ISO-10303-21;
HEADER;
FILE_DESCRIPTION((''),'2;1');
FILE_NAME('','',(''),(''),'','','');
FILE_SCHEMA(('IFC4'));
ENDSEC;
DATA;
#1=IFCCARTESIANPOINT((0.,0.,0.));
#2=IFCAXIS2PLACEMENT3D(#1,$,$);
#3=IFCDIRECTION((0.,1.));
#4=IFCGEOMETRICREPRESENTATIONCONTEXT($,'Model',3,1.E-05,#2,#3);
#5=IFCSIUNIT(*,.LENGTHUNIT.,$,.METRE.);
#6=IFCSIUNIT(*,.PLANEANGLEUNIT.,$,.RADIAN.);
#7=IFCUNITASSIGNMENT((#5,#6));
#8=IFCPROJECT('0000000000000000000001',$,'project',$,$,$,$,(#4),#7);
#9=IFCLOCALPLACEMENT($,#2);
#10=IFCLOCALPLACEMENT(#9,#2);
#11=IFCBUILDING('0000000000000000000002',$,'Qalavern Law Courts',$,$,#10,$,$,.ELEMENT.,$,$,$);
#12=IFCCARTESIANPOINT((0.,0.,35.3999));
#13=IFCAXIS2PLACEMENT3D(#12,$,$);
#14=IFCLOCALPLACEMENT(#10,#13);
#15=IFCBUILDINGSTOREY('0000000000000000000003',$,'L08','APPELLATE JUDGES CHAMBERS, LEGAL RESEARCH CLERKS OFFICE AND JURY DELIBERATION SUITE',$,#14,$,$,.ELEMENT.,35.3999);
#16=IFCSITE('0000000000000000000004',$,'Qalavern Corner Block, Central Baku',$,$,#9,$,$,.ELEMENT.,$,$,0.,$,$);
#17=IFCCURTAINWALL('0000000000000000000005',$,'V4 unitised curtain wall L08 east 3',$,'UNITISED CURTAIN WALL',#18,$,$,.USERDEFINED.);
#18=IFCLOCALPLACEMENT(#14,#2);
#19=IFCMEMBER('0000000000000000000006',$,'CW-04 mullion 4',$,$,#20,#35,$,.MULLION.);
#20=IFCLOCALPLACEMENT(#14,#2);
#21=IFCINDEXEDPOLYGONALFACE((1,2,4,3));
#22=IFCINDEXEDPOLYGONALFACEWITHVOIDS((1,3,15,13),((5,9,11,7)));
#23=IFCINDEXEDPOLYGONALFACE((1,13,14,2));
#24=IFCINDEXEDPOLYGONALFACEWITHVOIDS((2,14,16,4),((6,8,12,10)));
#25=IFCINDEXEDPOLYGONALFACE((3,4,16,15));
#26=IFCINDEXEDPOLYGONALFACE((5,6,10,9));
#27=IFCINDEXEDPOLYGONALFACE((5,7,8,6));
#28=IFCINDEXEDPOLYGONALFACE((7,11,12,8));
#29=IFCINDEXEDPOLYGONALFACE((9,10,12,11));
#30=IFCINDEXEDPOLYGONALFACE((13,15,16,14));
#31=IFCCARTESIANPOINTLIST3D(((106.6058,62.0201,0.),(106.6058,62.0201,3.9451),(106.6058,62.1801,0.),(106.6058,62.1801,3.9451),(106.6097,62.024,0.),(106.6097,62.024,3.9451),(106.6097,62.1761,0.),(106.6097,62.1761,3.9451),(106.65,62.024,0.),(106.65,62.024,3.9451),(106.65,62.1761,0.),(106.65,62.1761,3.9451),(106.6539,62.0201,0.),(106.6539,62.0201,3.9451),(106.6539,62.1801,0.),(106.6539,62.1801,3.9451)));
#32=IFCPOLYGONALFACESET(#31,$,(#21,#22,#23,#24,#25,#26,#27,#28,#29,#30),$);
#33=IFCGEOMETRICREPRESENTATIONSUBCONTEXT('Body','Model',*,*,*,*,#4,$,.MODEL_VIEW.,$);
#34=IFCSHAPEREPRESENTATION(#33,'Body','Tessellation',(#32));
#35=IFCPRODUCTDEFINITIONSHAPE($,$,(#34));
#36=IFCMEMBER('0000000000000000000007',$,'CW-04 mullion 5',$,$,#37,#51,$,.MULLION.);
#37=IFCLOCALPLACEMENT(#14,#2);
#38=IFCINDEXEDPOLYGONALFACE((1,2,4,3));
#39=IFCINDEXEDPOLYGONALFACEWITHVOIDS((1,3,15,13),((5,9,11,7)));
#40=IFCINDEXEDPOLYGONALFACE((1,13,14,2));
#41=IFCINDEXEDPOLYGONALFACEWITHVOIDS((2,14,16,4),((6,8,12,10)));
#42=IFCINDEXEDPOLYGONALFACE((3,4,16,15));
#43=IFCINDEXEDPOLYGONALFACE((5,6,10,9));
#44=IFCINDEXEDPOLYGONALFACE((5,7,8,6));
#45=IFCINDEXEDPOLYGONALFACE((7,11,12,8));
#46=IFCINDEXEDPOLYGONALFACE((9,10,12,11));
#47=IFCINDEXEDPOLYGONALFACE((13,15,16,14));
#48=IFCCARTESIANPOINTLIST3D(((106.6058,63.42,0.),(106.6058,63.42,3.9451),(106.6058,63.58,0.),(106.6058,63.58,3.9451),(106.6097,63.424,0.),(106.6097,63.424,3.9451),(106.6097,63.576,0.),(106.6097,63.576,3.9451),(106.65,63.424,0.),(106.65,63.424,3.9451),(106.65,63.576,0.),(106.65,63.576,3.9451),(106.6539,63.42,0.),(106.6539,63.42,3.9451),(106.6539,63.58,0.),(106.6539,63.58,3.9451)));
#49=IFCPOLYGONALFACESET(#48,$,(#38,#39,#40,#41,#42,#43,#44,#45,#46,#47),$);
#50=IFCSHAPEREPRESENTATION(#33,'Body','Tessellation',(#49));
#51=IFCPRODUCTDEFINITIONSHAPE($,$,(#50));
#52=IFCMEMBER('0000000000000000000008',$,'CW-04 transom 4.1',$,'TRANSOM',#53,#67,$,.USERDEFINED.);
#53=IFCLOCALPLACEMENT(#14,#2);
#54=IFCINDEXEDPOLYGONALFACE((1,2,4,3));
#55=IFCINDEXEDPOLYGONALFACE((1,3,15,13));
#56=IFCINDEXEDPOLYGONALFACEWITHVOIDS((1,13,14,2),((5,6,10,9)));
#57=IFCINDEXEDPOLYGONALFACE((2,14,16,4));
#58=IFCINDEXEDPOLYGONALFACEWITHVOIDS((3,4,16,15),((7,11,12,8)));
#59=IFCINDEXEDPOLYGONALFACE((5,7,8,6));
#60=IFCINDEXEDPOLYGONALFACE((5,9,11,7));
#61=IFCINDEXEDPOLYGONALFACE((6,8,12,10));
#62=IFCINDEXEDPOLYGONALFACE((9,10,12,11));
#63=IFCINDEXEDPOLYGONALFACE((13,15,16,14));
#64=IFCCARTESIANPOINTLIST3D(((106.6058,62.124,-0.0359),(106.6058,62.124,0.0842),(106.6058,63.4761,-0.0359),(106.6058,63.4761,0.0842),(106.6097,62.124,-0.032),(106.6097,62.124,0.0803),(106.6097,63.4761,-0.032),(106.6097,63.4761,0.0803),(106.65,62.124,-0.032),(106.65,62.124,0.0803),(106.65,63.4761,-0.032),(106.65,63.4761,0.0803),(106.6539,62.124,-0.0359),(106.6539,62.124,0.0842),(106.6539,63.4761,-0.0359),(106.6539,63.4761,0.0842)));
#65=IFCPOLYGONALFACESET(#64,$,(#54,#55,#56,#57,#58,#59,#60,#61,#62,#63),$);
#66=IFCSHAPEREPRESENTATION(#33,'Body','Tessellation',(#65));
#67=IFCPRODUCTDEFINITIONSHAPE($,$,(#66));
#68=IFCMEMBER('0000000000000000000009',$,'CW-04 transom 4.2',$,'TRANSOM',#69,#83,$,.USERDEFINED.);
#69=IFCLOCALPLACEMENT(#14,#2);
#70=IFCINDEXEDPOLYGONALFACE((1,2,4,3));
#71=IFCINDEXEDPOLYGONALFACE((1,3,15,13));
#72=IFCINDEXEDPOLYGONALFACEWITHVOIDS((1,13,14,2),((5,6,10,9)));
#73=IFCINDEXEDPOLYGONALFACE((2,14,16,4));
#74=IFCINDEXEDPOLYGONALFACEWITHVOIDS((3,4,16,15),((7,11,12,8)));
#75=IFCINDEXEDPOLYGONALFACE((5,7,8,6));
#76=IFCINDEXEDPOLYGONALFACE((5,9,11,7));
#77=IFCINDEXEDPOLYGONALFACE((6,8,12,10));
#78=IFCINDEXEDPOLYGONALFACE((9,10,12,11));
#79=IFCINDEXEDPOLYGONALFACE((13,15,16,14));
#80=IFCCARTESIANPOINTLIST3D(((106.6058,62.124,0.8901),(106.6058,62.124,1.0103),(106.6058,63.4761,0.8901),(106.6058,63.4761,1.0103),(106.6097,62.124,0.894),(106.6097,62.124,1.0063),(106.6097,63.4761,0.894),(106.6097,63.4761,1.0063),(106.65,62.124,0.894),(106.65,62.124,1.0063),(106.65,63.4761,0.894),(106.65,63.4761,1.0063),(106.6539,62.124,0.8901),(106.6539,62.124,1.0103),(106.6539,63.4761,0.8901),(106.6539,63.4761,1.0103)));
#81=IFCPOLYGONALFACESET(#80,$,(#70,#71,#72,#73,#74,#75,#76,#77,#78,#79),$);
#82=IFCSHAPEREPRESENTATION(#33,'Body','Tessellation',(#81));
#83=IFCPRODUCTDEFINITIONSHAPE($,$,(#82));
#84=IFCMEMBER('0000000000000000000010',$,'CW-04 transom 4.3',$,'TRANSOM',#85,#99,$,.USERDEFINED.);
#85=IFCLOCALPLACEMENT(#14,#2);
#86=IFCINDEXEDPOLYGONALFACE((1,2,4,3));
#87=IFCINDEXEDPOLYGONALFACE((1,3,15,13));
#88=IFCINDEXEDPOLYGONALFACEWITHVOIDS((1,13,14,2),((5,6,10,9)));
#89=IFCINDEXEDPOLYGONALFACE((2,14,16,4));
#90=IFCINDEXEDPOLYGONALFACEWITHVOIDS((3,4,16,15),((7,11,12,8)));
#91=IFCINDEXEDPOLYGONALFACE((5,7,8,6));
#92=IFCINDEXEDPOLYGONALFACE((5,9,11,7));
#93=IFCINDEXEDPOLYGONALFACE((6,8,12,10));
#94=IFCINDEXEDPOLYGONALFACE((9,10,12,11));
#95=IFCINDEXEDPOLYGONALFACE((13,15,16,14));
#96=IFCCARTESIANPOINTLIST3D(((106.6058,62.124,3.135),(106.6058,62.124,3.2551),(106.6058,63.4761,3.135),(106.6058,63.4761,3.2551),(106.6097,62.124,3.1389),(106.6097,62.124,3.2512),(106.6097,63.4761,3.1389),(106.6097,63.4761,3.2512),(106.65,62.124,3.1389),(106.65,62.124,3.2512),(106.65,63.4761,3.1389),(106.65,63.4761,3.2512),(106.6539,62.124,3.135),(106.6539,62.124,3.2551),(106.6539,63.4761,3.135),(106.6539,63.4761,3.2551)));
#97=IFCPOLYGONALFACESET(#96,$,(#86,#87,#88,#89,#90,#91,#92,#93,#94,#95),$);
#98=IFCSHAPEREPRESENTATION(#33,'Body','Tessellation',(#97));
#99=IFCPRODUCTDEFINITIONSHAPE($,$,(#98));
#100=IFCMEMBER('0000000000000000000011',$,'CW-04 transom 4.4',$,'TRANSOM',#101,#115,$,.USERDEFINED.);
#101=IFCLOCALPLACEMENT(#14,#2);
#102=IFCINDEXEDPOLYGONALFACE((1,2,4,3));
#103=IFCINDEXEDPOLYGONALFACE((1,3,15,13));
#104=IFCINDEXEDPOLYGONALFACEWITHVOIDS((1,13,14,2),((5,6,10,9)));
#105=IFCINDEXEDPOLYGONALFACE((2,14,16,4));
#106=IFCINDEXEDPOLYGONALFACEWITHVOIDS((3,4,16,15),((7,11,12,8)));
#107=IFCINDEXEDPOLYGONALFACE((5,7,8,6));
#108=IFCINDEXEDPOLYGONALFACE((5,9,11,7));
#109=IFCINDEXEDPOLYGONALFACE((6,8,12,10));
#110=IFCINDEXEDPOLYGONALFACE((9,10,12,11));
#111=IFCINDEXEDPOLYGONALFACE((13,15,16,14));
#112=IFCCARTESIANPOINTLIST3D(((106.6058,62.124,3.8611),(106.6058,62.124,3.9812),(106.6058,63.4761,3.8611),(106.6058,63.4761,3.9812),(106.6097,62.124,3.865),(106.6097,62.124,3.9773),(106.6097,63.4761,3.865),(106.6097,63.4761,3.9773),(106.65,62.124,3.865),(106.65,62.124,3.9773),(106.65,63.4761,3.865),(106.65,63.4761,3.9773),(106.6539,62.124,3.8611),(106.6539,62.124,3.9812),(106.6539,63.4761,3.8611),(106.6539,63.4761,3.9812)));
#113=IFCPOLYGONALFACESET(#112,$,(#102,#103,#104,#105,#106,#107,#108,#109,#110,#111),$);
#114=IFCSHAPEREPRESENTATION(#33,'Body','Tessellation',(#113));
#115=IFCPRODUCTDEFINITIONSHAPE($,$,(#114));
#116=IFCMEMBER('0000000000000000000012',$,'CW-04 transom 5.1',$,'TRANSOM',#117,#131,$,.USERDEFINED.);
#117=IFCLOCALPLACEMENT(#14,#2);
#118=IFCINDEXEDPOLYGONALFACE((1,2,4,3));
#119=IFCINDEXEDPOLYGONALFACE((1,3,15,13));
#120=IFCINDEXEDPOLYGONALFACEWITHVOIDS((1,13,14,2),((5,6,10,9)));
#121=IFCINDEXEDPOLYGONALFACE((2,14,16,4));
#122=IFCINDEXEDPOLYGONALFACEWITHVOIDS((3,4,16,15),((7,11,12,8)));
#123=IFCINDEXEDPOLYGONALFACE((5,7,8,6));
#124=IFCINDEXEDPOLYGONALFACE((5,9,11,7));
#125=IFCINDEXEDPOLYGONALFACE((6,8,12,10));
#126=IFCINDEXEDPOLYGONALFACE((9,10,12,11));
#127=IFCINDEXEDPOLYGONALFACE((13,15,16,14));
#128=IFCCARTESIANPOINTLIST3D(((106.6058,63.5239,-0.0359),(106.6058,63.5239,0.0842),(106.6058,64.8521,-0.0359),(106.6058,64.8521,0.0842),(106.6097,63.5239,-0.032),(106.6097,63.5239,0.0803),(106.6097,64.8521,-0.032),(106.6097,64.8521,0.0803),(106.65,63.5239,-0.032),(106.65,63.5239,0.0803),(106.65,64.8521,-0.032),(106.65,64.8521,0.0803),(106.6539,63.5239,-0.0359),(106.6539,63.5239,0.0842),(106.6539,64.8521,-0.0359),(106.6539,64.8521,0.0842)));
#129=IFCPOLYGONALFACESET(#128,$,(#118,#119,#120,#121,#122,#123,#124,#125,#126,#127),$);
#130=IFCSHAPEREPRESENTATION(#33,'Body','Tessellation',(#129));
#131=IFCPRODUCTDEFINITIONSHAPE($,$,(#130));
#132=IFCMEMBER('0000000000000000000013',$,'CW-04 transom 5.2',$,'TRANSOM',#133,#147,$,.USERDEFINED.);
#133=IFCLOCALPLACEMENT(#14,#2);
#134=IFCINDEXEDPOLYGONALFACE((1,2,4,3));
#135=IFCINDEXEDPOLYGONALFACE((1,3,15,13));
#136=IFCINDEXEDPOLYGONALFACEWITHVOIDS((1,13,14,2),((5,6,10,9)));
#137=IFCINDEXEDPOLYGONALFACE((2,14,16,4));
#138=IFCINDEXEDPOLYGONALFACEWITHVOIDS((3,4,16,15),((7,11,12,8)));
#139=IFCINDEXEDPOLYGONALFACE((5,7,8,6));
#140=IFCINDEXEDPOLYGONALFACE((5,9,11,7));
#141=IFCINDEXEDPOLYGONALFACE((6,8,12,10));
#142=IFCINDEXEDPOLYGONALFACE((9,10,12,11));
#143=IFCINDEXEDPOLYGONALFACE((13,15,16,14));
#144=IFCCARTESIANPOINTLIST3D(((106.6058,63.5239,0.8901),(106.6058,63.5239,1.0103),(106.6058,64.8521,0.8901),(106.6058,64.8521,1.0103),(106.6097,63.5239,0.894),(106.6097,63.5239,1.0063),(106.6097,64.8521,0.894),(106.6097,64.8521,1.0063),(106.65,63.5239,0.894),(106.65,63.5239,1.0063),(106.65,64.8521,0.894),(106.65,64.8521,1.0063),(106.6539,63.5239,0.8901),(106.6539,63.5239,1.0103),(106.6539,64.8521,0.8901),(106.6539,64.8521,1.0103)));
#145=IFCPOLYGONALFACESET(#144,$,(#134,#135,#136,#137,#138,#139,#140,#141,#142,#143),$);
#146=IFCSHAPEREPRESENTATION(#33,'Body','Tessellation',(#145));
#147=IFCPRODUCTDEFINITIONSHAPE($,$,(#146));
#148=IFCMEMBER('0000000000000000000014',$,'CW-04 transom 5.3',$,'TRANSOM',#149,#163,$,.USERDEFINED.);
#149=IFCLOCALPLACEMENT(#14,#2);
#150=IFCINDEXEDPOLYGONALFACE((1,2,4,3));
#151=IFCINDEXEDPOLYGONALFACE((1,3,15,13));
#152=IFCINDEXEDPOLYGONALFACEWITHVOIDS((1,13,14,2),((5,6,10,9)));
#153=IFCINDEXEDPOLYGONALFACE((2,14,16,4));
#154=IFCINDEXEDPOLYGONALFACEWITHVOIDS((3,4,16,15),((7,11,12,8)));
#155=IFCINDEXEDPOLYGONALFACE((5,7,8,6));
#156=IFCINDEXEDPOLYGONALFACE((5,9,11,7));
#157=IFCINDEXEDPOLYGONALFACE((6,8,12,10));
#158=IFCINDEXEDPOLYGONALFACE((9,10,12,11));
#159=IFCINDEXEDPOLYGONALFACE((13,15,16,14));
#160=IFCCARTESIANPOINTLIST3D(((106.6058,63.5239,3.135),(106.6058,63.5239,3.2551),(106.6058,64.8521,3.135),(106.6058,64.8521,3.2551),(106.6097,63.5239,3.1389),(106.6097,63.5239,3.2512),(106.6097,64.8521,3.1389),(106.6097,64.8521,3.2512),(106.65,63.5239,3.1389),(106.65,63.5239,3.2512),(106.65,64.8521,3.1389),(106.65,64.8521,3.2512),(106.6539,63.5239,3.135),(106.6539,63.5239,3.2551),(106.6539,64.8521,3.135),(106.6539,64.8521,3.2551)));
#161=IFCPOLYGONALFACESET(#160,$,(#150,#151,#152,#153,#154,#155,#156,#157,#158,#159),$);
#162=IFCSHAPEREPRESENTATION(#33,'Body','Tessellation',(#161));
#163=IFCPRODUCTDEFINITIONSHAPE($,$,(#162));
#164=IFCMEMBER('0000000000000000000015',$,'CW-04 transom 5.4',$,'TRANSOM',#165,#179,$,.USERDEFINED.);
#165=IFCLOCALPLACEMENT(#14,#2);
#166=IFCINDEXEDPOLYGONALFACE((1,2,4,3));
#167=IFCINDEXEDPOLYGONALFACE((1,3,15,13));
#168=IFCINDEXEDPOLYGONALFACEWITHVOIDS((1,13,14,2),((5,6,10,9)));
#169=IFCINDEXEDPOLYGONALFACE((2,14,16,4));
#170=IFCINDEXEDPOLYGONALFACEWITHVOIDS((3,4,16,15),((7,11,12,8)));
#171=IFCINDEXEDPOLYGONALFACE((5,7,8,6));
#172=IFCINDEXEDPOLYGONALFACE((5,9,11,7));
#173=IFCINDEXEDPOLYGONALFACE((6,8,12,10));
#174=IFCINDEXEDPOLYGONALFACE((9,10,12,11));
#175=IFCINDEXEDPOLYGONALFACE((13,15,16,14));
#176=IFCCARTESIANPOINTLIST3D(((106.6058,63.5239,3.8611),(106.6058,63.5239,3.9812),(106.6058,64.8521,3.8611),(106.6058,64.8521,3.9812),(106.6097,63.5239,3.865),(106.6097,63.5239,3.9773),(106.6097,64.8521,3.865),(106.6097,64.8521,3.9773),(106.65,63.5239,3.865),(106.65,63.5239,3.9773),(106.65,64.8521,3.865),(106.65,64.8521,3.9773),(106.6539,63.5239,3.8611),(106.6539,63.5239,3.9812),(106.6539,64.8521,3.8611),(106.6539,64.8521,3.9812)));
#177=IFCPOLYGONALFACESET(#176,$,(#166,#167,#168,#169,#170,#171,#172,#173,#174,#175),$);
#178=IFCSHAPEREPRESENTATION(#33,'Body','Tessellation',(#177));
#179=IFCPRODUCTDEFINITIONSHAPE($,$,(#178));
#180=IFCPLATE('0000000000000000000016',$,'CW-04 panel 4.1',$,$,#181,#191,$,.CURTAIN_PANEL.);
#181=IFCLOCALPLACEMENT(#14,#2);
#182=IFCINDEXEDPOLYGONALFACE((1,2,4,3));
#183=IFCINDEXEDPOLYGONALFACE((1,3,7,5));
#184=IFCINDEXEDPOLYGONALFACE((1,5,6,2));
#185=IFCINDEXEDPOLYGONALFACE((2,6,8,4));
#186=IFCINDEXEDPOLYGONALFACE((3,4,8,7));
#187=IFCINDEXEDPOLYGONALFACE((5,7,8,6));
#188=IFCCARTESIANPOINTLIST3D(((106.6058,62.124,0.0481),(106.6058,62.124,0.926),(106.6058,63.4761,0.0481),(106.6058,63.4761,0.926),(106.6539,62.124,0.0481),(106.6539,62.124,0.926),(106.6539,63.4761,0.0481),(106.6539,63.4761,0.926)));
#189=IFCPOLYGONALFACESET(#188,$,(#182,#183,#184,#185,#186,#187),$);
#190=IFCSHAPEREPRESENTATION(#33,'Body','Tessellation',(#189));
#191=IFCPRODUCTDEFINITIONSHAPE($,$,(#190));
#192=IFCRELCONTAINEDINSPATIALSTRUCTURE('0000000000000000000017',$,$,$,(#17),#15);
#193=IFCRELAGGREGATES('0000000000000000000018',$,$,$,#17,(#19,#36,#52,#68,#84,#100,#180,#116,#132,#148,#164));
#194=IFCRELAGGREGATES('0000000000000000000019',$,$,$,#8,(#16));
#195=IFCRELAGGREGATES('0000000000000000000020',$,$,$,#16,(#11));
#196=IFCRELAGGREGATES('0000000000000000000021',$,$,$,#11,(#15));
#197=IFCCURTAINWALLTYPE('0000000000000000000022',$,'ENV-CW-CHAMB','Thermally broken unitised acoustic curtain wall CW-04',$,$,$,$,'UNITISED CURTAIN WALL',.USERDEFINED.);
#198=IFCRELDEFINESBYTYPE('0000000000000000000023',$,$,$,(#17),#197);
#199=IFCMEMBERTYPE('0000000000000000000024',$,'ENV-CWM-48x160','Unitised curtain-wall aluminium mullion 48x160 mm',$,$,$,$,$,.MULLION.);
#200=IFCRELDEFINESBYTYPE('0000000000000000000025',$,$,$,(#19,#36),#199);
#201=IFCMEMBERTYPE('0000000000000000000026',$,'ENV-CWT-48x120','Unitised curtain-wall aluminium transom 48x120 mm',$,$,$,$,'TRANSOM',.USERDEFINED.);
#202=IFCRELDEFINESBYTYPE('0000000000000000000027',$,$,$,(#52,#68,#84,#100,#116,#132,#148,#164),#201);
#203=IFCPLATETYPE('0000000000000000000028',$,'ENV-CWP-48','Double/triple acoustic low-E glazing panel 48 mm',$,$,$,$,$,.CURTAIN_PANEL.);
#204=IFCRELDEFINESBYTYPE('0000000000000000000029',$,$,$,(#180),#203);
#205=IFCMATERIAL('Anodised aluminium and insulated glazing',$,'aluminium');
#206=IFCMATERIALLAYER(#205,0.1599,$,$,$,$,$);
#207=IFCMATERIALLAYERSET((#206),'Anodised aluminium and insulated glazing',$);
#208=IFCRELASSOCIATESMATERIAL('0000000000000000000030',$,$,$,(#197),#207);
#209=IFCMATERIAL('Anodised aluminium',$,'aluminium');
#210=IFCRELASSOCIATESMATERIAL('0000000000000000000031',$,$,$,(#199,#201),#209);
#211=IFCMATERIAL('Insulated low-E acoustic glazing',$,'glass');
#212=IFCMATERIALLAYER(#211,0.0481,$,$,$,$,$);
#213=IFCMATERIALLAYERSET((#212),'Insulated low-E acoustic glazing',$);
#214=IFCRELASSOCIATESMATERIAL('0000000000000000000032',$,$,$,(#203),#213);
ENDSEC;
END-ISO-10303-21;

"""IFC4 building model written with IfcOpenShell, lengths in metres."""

from ifc_helpers import new_model, si_unit, direction, frame, origin, origin_2d, place, context, subcontext, project, spatial, rectangle, hollow_rectangle, extrude, material, layer, layer_set, material_profile, profile_set, type_object, element, aggregate, save


model = new_model("IFC4")

# Units and contexts
model_context = context("Model", 3, precision=1e-05, world=origin(), true_north=direction((0.0, 1.0)))
body_context = subcontext(model_context, "Body", "Model", "MODEL_VIEW")
ifc_project = project(units=[si_unit("LENGTHUNIT", "METRE"), si_unit("PLANEANGLEUNIT", "RADIAN")], contexts=[model_context])

# Site, building, storey
site_placement = place(None, origin())
site = spatial("IfcSite", under=ifc_project, at=site_placement, Name="Qalavern Corner Block, Central Baku", CompositionType="ELEMENT", RefElevation=0.0)
building_placement = place(site_placement, origin())
building = spatial("IfcBuilding", under=site, at=building_placement, Name="Qalavern Law Courts", CompositionType="ELEMENT")
storey_placement = place(building_placement, frame((0.0, 0.0, 35.3999)))
storey = spatial("IfcBuildingStorey", under=building, at=storey_placement, Name="L08", Description="APPELLATE JUDGES CHAMBERS, LEGAL RESEARCH CLERKS OFFICE AND JURY DELIBERATION SUITE", CompositionType="ELEMENT", Elevation=35.3999)

# Curtain wall, members, plate
ifc_material_1 = material(Name="Anodised aluminium and insulated glazing", Category="aluminium")
ifc_layer_1 = layer(ifc_material_1, 0.1599)
ifc_layer_set_1 = layer_set([ifc_layer_1], Name="Anodised aluminium and insulated glazing")
curtain_wall_type = type_object("IfcCurtainWallType", Name="ENV-CW-CHAMB", Description="Thermally broken unitised acoustic curtain wall CW-04", ElementType="UNITISED CURTAIN WALL", PredefinedType="USERDEFINED", material=ifc_layer_set_1)
curtain_wall_placement = place(storey_placement, origin())
curtain_wall = element("IfcCurtainWall", 1, at=curtain_wall_placement, inside=storey, type_object=curtain_wall_type, Name="V4 unitised curtain wall L08 east 3", ObjectType="UNITISED CURTAIN WALL", PredefinedType="USERDEFINED")
ifc_material_2 = material(Name="Anodised aluminium", Category="aluminium")
ifc_material_profile_1 = material_profile(ifc_material_2, hollow_rectangle(XDim=0.0481, YDim=0.1599, WallThickness=0.0039, at=origin_2d()), Name="ALU MULLION 48x160")
ifc_profile_set_1 = profile_set([ifc_material_profile_1], Name="Anodised aluminium")
member_type_1 = type_object("IfcMemberType", Name="ENV-CWM-48x160", Description="Unitised curtain-wall aluminium mullion 48x160 mm", PredefinedType="MULLION", material=ifc_profile_set_1)
member_1_placement = place(storey_placement, frame((106.6299, 62.1001, 0.0), z_axis=(0.0, 0.0, 1.0), x_axis=(-1.0, 0.0, 0.0)))
member_1 = element("IfcMember", 2, at=member_1_placement, type_object=member_type_1, Name="CW-04 mullion 4", PredefinedType="MULLION", context=body_context, shape_type="SweptSolid", body=[
    extrude(hollow_rectangle(XDim=0.0481, YDim=0.1599, WallThickness=0.0039, at=origin_2d()), origin(), (0.0, 0.0, 1.0), 3.9451),
])
member_2_placement = place(storey_placement, frame((106.6299, 63.5, 0.0), z_axis=(0.0, 0.0, 1.0), x_axis=(-1.0, 0.0, 0.0)))
member_2 = element("IfcMember", 3, at=member_2_placement, type_object=member_type_1, Name="CW-04 mullion 5", PredefinedType="MULLION", context=body_context, shape_type="SweptSolid", body=[
    extrude(hollow_rectangle(XDim=0.0481, YDim=0.1599, WallThickness=0.0039, at=origin_2d()), origin(), (0.0, 0.0, 1.0), 3.9451),
])
ifc_material_profile_2 = material_profile(ifc_material_2, hollow_rectangle(XDim=0.0481, YDim=0.1201, WallThickness=0.0039, at=origin_2d()), Name="ALU TRANSOM 48x120")
ifc_profile_set_2 = profile_set([ifc_material_profile_2], Name="Anodised aluminium")
member_type_2 = type_object("IfcMemberType", Name="ENV-CWT-48x120", Description="Unitised curtain-wall aluminium transom 48x120 mm", ElementType="TRANSOM", PredefinedType="USERDEFINED", material=ifc_profile_set_2)
member_3_placement = place(storey_placement, frame((106.6299, 62.124, 0.0242), z_axis=(0.0, 1.0, 0.0), x_axis=(-1.0, 0.0, 0.0)))
member_3 = element("IfcMember", 4, at=member_3_placement, type_object=member_type_2, Name="CW-04 transom 4.1", ObjectType="TRANSOM", PredefinedType="USERDEFINED", context=body_context, shape_type="SweptSolid", body=[
    extrude(hollow_rectangle(XDim=0.0481, YDim=0.1201, WallThickness=0.0039, at=origin_2d()), origin(), (0.0, 0.0, 1.0), 1.3521),
])
member_4_placement = place(storey_placement, frame((106.6299, 62.124, 0.9502), z_axis=(0.0, 1.0, 0.0), x_axis=(-1.0, 0.0, 0.0)))
member_4 = element("IfcMember", 5, at=member_4_placement, type_object=member_type_2, Name="CW-04 transom 4.2", ObjectType="TRANSOM", PredefinedType="USERDEFINED", context=body_context, shape_type="SweptSolid", body=[
    extrude(hollow_rectangle(XDim=0.0481, YDim=0.1201, WallThickness=0.0039, at=origin_2d()), origin(), (0.0, 0.0, 1.0), 1.3521),
])
member_5_placement = place(storey_placement, frame((106.6299, 62.124, 3.1951), z_axis=(0.0, 1.0, 0.0), x_axis=(-1.0, 0.0, 0.0)))
member_5 = element("IfcMember", 6, at=member_5_placement, type_object=member_type_2, Name="CW-04 transom 4.3", ObjectType="TRANSOM", PredefinedType="USERDEFINED", context=body_context, shape_type="SweptSolid", body=[
    extrude(hollow_rectangle(XDim=0.0481, YDim=0.1201, WallThickness=0.0039, at=origin_2d()), origin(), (0.0, 0.0, 1.0), 1.3521),
])
member_6_placement = place(storey_placement, frame((106.6299, 62.124, 3.9211), z_axis=(0.0, 1.0, 0.0), x_axis=(-1.0, 0.0, 0.0)))
member_6 = element("IfcMember", 7, at=member_6_placement, type_object=member_type_2, Name="CW-04 transom 4.4", ObjectType="TRANSOM", PredefinedType="USERDEFINED", context=body_context, shape_type="SweptSolid", body=[
    extrude(hollow_rectangle(XDim=0.0481, YDim=0.1201, WallThickness=0.0039, at=origin_2d()), origin(), (0.0, 0.0, 1.0), 1.3521),
])
member_7_placement = place(storey_placement, frame((106.6299, 63.5239, 0.0242), z_axis=(0.0, 1.0, 0.0), x_axis=(-1.0, 0.0, 0.0)))
member_7 = element("IfcMember", 8, at=member_7_placement, type_object=member_type_2, Name="CW-04 transom 5.1", ObjectType="TRANSOM", PredefinedType="USERDEFINED", context=body_context, shape_type="SweptSolid", body=[
    extrude(hollow_rectangle(XDim=0.0481, YDim=0.1201, WallThickness=0.0039, at=origin_2d()), origin(), (0.0, 0.0, 1.0), 1.3281),
])
member_8_placement = place(storey_placement, frame((106.6299, 63.5239, 0.9502), z_axis=(0.0, 1.0, 0.0), x_axis=(-1.0, 0.0, 0.0)))
member_8 = element("IfcMember", 9, at=member_8_placement, type_object=member_type_2, Name="CW-04 transom 5.2", ObjectType="TRANSOM", PredefinedType="USERDEFINED", context=body_context, shape_type="SweptSolid", body=[
    extrude(hollow_rectangle(XDim=0.0481, YDim=0.1201, WallThickness=0.0039, at=origin_2d()), origin(), (0.0, 0.0, 1.0), 1.3281),
])
member_9_placement = place(storey_placement, frame((106.6299, 63.5239, 3.1951), z_axis=(0.0, 1.0, 0.0), x_axis=(-1.0, 0.0, 0.0)))
member_9 = element("IfcMember", 10, at=member_9_placement, type_object=member_type_2, Name="CW-04 transom 5.3", ObjectType="TRANSOM", PredefinedType="USERDEFINED", context=body_context, shape_type="SweptSolid", body=[
    extrude(hollow_rectangle(XDim=0.0481, YDim=0.1201, WallThickness=0.0039, at=origin_2d()), origin(), (0.0, 0.0, 1.0), 1.3281),
])
member_10_placement = place(storey_placement, frame((106.6299, 63.5239, 3.9211), z_axis=(0.0, 1.0, 0.0), x_axis=(-1.0, 0.0, 0.0)))
member_10 = element("IfcMember", 11, at=member_10_placement, type_object=member_type_2, Name="CW-04 transom 5.4", ObjectType="TRANSOM", PredefinedType="USERDEFINED", context=body_context, shape_type="SweptSolid", body=[
    extrude(hollow_rectangle(XDim=0.0481, YDim=0.1201, WallThickness=0.0039, at=origin_2d()), origin(), (0.0, 0.0, 1.0), 1.3281),
])
ifc_material_3 = material(Name="Insulated low-E acoustic glazing", Category="glass")
ifc_layer_2 = layer(ifc_material_3, 0.0481)
ifc_layer_set_2 = layer_set([ifc_layer_2], Name="Insulated low-E acoustic glazing")
plate_type = type_object("IfcPlateType", Name="ENV-CWP-48", Description="Double/triple acoustic low-E glazing panel 48 mm", PredefinedType="CURTAIN_PANEL", material=ifc_layer_set_2)
plate_1_placement = place(storey_placement, frame((106.6299, 62.8, 0.0481), z_axis=(0.0, 0.0, 1.0), x_axis=(0.0, 1.0, 0.0)))
plate_1 = element("IfcPlate", 12, at=plate_1_placement, type_object=plate_type, Name="CW-04 panel 4.1", PredefinedType="CURTAIN_PANEL", context=body_context, shape_type="SweptSolid", body=[
    extrude(rectangle(XDim=1.3521, YDim=0.0481, at=origin_2d()), origin(), (0.0, 0.0, 1.0), 0.8779),
])
aggregate(curtain_wall, [member_1, member_2, member_3, member_4, member_5, member_6, plate_1, member_7, member_8, member_9, member_10])

save(model, "model.ifc")
